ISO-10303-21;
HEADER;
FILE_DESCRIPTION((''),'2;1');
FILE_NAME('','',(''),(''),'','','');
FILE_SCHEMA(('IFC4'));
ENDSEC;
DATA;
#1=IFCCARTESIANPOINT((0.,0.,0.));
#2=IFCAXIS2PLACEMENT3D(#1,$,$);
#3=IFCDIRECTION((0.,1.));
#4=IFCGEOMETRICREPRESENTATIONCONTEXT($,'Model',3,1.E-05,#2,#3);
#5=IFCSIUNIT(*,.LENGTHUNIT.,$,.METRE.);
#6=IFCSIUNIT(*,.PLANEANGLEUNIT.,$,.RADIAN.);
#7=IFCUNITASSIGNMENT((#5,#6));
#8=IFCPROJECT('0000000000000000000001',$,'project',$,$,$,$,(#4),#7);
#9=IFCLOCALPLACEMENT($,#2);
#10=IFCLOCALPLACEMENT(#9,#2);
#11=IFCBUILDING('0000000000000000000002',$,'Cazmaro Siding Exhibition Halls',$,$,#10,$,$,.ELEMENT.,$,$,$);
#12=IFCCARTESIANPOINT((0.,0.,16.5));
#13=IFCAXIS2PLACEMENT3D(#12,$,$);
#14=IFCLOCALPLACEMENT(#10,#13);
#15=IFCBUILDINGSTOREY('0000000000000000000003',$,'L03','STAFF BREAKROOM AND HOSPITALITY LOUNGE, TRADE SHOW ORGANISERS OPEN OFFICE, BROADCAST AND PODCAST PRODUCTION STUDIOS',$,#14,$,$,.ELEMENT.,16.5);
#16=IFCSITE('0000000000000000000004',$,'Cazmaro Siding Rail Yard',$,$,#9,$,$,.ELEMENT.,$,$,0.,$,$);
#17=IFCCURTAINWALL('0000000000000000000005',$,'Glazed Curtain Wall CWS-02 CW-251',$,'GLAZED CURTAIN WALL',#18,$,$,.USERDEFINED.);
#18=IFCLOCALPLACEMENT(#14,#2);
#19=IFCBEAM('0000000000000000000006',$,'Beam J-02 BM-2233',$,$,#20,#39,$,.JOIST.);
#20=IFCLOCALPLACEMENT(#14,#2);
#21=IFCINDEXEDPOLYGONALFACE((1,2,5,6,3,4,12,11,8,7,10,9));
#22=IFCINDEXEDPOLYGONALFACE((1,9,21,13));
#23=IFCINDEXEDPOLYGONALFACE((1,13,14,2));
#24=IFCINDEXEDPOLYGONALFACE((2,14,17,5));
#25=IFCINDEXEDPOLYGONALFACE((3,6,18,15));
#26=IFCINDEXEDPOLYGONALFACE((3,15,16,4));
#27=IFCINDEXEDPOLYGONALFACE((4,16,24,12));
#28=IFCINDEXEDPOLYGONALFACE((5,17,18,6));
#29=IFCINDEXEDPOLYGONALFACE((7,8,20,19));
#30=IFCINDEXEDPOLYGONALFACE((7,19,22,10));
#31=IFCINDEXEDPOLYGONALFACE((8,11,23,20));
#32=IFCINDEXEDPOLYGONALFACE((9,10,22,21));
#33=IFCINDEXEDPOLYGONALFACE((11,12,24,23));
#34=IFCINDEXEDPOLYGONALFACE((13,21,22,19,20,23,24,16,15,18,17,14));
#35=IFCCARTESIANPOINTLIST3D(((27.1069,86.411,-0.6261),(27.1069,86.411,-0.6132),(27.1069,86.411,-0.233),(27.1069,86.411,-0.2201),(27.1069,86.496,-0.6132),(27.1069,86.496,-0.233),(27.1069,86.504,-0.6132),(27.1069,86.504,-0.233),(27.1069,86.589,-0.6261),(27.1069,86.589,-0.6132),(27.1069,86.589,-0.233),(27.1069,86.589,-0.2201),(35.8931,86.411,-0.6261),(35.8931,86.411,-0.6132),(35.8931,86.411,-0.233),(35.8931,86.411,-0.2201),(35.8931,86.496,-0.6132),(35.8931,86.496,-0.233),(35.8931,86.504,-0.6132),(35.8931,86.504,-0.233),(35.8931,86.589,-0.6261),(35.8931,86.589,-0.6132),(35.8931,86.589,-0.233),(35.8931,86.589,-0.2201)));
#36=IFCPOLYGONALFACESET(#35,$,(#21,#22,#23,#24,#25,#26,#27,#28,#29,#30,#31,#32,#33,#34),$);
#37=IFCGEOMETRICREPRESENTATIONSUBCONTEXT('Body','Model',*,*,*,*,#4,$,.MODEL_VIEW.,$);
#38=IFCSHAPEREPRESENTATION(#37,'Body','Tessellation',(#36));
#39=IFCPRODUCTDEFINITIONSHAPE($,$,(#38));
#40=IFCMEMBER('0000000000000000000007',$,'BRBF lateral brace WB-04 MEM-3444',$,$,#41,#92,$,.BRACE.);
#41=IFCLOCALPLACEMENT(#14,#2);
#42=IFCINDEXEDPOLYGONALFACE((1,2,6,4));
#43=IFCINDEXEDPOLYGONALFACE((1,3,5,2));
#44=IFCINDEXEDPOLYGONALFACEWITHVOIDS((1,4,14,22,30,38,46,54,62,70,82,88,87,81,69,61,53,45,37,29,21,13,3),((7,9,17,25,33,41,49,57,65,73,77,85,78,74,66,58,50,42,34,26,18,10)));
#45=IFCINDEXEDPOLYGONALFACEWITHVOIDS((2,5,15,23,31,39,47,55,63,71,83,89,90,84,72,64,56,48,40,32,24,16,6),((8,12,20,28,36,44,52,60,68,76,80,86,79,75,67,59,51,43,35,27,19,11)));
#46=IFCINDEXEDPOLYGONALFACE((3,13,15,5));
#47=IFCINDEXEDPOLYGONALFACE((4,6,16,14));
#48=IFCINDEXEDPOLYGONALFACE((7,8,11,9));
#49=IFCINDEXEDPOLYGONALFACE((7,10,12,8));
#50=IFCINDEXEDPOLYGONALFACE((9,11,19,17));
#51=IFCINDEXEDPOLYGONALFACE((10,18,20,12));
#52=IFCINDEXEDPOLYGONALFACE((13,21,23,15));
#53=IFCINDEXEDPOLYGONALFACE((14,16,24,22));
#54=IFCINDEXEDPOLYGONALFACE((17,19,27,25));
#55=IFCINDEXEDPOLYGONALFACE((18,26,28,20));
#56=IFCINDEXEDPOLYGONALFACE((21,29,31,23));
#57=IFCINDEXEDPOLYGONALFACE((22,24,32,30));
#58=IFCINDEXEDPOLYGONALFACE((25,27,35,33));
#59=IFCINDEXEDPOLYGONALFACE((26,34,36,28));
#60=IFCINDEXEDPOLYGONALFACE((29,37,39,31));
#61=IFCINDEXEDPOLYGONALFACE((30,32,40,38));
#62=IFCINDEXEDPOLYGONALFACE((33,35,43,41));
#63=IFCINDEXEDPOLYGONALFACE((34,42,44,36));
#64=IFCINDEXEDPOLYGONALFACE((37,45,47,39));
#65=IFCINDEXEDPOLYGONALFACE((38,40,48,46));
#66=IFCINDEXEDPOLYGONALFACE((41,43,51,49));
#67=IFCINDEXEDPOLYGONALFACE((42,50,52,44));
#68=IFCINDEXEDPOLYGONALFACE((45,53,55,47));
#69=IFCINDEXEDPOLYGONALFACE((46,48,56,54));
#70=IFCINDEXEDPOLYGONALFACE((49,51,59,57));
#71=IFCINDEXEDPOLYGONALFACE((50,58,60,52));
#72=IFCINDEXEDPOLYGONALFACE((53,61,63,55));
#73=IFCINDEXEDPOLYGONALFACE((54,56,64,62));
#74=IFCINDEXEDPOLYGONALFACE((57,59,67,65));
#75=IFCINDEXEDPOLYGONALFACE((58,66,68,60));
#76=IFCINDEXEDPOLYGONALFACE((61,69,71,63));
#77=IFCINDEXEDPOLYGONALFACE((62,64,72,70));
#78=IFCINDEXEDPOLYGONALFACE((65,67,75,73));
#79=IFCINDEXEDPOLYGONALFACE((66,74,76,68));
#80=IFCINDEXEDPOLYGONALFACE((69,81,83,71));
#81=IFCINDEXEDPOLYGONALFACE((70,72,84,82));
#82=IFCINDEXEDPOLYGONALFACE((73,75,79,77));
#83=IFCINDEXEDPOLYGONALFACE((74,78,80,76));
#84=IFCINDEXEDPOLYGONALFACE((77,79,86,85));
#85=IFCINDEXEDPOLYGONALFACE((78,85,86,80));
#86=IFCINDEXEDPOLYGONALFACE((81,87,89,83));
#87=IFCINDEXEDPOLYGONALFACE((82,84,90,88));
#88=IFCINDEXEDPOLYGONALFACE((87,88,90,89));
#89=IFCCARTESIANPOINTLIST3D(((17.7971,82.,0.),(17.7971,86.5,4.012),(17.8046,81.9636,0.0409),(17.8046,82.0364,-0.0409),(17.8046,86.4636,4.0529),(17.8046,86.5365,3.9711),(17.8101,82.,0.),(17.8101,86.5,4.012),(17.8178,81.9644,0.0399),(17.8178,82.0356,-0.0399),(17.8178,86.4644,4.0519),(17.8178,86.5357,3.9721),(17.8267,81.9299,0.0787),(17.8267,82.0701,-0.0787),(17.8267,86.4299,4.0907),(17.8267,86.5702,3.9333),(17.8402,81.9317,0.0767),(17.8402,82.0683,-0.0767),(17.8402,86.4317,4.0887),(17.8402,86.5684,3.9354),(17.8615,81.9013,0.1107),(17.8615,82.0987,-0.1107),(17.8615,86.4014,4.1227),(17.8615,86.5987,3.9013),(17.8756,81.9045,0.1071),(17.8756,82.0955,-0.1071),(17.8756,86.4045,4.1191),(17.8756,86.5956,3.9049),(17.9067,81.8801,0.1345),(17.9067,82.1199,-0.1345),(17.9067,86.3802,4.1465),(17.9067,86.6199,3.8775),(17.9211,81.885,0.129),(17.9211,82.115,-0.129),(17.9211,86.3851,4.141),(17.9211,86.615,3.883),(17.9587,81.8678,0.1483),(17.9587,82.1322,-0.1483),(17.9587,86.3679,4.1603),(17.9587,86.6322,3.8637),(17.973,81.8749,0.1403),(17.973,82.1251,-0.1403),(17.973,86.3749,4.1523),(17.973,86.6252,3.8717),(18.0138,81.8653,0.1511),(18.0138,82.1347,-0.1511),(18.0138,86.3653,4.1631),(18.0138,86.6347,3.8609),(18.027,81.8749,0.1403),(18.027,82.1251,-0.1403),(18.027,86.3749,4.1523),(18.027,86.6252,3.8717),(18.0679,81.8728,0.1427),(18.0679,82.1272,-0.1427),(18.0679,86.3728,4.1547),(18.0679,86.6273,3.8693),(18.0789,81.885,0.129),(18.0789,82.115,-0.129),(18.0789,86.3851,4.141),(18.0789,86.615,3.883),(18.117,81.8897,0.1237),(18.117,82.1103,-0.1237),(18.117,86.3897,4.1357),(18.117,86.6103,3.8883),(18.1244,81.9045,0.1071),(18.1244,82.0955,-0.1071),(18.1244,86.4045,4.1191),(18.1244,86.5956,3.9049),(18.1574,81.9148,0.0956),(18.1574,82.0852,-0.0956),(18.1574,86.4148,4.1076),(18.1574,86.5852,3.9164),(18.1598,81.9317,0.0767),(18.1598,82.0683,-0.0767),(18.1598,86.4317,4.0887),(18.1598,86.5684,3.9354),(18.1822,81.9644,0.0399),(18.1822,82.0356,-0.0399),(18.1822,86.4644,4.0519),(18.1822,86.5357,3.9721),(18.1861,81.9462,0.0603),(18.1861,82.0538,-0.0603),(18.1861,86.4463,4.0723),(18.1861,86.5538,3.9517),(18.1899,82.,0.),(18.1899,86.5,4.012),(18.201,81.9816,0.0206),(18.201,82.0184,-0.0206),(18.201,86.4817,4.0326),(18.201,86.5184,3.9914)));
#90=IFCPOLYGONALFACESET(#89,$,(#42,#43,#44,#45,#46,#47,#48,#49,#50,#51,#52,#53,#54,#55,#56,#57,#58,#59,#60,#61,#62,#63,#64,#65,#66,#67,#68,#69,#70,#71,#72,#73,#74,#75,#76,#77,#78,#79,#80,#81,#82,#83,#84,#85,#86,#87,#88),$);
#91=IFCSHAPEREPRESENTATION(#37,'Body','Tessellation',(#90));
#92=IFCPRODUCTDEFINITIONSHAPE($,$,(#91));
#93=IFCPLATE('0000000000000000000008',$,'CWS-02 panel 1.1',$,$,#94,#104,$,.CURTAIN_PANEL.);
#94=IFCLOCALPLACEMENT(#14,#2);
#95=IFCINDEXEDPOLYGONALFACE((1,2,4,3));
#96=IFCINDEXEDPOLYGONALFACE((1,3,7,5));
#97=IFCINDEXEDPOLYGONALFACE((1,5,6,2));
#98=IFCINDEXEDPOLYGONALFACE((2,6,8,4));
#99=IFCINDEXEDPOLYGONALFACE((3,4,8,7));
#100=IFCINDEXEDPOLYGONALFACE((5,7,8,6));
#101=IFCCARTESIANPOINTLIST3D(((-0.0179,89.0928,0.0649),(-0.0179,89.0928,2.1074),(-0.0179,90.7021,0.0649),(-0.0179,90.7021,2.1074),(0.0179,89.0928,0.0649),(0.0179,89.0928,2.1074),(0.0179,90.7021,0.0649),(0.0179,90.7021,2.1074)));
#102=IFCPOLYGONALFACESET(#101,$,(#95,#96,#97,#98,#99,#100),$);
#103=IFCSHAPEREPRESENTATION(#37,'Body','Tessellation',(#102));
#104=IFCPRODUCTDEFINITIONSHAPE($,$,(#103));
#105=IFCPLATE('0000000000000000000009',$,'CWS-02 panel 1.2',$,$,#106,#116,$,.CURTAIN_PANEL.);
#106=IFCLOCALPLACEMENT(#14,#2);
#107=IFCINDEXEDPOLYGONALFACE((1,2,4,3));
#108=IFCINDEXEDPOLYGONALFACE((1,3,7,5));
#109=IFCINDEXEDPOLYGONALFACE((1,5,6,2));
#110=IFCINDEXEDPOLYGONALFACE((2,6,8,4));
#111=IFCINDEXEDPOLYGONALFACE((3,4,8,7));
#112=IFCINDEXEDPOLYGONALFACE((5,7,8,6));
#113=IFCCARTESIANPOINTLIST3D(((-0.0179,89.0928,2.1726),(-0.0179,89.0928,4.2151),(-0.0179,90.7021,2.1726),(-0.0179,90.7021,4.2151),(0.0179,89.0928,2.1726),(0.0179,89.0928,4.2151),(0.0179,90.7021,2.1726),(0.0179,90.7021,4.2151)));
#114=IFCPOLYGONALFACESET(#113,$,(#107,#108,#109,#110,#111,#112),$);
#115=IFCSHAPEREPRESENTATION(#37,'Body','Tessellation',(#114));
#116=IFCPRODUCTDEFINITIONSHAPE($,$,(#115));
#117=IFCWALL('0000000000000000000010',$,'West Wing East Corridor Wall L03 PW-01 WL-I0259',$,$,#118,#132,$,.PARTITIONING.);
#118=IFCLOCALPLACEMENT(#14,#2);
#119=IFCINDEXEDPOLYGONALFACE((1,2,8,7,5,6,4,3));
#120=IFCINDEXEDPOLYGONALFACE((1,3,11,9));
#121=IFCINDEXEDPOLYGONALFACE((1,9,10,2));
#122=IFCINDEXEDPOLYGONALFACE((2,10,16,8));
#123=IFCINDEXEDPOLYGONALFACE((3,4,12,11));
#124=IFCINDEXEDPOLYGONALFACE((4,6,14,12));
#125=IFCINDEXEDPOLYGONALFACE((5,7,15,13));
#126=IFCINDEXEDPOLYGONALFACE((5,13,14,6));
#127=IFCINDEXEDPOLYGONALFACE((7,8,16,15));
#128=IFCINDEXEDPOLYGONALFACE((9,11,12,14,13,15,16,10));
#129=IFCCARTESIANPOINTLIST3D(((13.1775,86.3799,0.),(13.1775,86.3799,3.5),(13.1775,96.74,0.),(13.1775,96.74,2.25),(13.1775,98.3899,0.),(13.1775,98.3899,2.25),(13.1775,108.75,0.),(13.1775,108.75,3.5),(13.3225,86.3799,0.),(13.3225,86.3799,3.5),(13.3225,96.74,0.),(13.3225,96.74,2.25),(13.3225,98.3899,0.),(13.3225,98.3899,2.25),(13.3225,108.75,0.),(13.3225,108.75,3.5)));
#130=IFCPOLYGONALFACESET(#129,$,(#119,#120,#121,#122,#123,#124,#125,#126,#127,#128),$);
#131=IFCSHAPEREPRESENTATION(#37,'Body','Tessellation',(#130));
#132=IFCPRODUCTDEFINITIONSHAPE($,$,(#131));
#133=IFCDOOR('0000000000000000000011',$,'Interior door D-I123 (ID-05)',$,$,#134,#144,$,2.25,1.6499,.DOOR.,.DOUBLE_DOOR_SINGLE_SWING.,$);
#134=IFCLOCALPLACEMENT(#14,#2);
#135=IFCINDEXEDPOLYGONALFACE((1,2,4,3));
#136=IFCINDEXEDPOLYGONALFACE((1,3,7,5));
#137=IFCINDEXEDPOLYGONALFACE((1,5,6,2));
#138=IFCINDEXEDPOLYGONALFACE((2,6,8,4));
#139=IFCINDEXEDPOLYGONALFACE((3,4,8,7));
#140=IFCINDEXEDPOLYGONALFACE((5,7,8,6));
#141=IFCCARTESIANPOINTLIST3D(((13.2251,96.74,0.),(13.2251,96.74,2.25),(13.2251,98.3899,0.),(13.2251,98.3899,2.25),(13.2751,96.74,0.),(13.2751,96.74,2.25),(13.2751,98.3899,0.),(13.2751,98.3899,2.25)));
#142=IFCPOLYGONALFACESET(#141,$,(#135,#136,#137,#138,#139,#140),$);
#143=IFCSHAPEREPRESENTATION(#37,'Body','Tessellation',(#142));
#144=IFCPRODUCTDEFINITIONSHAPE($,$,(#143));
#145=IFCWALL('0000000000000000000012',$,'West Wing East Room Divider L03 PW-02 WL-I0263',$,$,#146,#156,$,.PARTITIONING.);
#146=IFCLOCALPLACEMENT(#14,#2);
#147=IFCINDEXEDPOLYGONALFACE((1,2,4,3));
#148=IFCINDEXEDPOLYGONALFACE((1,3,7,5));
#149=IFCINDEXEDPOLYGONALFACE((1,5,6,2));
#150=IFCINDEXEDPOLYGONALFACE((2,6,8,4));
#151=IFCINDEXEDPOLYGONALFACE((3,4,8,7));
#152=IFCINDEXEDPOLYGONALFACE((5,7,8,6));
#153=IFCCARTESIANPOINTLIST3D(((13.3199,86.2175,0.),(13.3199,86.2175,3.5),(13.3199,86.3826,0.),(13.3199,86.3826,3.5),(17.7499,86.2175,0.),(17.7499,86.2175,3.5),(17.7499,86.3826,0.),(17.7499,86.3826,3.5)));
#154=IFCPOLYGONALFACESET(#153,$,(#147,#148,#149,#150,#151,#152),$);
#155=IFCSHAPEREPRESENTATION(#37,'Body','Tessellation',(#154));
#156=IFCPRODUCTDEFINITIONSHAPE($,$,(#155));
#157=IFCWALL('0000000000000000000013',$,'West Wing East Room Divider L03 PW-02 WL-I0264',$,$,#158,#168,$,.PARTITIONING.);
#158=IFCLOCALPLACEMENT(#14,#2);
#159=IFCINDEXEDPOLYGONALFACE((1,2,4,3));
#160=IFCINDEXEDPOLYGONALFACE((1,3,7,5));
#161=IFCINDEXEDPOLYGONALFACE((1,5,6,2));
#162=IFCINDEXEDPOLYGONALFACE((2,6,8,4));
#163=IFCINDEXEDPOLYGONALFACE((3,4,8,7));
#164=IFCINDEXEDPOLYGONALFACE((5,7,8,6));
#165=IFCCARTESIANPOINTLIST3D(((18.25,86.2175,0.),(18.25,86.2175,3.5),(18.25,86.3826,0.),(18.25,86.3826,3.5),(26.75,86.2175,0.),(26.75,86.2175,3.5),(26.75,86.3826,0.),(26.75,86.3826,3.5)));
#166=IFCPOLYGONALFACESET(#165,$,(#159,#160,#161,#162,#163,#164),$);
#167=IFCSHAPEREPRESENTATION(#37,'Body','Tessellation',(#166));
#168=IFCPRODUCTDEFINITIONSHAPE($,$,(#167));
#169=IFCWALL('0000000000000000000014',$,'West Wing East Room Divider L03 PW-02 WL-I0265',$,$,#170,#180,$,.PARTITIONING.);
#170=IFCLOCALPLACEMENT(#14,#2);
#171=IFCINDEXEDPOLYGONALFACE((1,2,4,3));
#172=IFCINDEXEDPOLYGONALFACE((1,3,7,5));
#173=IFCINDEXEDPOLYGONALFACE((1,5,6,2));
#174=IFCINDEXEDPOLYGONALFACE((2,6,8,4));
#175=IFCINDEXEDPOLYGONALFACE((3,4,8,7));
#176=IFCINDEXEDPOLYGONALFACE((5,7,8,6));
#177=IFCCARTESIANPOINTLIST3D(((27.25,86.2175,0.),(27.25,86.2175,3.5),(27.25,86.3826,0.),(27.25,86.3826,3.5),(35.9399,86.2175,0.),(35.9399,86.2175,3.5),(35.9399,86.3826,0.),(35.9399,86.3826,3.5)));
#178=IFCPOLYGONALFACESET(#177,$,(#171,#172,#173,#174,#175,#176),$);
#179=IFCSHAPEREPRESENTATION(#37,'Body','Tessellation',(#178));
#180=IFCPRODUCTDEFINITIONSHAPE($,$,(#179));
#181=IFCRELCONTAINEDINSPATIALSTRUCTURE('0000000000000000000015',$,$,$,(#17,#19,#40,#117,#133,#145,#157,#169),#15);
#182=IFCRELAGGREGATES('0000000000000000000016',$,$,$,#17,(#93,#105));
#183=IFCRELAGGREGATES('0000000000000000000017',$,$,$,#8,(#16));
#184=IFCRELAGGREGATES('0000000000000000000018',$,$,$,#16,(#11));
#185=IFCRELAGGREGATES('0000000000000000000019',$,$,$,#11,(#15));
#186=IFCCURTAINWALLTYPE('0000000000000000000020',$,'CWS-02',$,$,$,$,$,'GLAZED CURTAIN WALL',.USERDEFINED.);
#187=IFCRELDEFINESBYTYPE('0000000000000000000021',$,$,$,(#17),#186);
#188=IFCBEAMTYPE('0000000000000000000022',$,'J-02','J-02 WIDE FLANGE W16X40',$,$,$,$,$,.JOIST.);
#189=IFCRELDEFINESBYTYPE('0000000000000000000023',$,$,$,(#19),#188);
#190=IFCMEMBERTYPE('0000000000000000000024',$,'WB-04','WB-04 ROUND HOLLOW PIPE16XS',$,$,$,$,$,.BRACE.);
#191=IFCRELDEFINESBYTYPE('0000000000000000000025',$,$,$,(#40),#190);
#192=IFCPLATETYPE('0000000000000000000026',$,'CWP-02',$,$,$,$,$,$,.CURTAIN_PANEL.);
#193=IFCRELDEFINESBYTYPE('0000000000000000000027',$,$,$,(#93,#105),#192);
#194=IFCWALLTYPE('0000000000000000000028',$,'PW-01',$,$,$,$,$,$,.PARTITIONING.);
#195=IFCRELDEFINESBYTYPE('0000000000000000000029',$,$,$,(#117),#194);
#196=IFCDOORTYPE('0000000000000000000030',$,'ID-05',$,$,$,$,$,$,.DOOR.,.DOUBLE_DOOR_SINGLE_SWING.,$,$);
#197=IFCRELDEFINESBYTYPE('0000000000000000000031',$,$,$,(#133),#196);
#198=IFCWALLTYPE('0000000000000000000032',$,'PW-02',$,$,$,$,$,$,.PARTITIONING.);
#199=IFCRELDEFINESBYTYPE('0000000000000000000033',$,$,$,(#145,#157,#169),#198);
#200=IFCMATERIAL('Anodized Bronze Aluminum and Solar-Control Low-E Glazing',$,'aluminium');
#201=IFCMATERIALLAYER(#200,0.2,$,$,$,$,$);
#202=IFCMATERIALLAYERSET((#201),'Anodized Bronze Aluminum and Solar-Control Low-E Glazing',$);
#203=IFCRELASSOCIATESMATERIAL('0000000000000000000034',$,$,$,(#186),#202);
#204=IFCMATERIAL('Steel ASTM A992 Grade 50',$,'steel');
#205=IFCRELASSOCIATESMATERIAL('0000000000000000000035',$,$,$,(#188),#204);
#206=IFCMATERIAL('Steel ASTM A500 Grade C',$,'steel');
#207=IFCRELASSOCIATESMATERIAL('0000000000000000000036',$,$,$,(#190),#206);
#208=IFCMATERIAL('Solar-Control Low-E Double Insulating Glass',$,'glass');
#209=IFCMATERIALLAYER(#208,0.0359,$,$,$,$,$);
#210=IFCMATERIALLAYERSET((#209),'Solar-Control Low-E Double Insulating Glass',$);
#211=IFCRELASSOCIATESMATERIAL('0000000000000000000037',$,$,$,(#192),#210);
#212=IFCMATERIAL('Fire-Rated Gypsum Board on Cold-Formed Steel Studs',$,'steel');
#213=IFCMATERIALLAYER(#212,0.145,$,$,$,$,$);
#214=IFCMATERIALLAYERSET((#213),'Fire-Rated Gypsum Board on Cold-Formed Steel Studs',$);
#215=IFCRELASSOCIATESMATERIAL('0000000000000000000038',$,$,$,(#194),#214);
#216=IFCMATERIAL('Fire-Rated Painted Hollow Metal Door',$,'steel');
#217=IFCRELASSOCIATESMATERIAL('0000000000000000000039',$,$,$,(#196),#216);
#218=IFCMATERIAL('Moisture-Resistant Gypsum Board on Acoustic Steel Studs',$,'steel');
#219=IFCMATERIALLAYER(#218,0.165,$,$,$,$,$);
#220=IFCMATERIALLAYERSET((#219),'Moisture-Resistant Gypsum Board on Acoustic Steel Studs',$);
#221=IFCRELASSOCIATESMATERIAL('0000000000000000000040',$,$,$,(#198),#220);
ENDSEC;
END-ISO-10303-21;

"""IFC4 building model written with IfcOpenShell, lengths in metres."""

from ifc_helpers import new_model, si_unit, direction, frame, frame_2d, origin, origin_2d, place, context, subcontext, project, spatial, rectangle, hollow_circle, i_section, extrude, material, layer, layer_set, material_profile, profile_set, type_object, element, fill, aggregate, save


model = new_model("IFC4")

# Units and contexts
model_context = context("Model", 3, precision=1e-05, world=origin(), true_north=direction((0.0, 1.0)))
body_context = subcontext(model_context, "Body", "Model", "MODEL_VIEW")
ifc_project = project(units=[si_unit("LENGTHUNIT", "METRE"), si_unit("PLANEANGLEUNIT", "RADIAN")], contexts=[model_context])

# Site, building, storey
site_placement = place(None, origin())
site = spatial("IfcSite", under=ifc_project, at=site_placement, Name="Cazmaro Siding Rail Yard", CompositionType="ELEMENT", RefElevation=0.0)
building_placement = place(site_placement, origin())
building = spatial("IfcBuilding", under=site, at=building_placement, Name="Cazmaro Siding Exhibition Halls", CompositionType="ELEMENT")
storey_placement = place(building_placement, frame((0.0, 0.0, 16.5)))
storey = spatial("IfcBuildingStorey", under=building, at=storey_placement, Name="L03", Description="STAFF BREAKROOM AND HOSPITALITY LOUNGE, TRADE SHOW ORGANISERS OPEN OFFICE, BROADCAST AND PODCAST PRODUCTION STUDIOS", CompositionType="ELEMENT", Elevation=16.5)

# Curtain wall
ifc_material_1 = material(Name="Anodized Bronze Aluminum and Solar-Control Low-E Glazing", Category="aluminium")
ifc_layer_1 = layer(ifc_material_1, 0.2)
ifc_layer_set_1 = layer_set([ifc_layer_1], Name="Anodized Bronze Aluminum and Solar-Control Low-E Glazing")
curtain_wall_type_1 = type_object("IfcCurtainWallType", Name="CWS-02", ElementType="GLAZED CURTAIN WALL", PredefinedType="USERDEFINED", material=ifc_layer_set_1)
curtain_wall_1_placement = place(storey_placement, origin())
curtain_wall_1 = element("IfcCurtainWall", 1, at=curtain_wall_1_placement, inside=storey, type_object=curtain_wall_type_1, Name="Glazed Curtain Wall CWS-02 CW-251", ObjectType="GLAZED CURTAIN WALL", PredefinedType="USERDEFINED")

# Beam
ifc_material_2 = material(Name="Steel ASTM A992 Grade 50", Category="steel")
ifc_material_profile_1 = material_profile(ifc_material_2, i_section(OverallWidth=0.178, OverallDepth=0.406, WebThickness=0.0081, FlangeThickness=0.0129, at=origin_2d()), Name="W16X40")
ifc_profile_set_1 = profile_set([ifc_material_profile_1], Name="Steel ASTM A992 Grade 50")
beam_type_1 = type_object("IfcBeamType", Name="J-02", Description="J-02 WIDE FLANGE W16X40", PredefinedType="JOIST", material=ifc_profile_set_1)
for number, where, z_axis, x_axis, name in (
    (2, (27.1069, 86.5, -0.4231), (1.0, 0.0, 0.0), (0.0, 1.0, 0.0), "Beam J-02 BM-2233"),
):
    element("IfcBeam", number, at=place(storey_placement, frame(where, z_axis=z_axis, x_axis=x_axis)), inside=storey, type_object=beam_type_1, Name=name, PredefinedType="JOIST", context=body_context, shape_type="SweptSolid", body=[
        extrude(i_section(OverallWidth=0.178, OverallDepth=0.406, WebThickness=0.0081, FlangeThickness=0.0129, at=origin_2d()), origin(), (0.0, 0.0, 1.0), 8.7861),
    ])

# Member
ifc_material_3 = material(Name="Steel ASTM A500 Grade C", Category="steel")
ifc_material_profile_2 = material_profile(ifc_material_3, hollow_circle(Radius=0.2029, WallThickness=0.0129, at=origin_2d()), Name="PIPE16XS")
ifc_profile_set_2 = profile_set([ifc_material_profile_2], Name="Steel ASTM A500 Grade C")
member_type_1 = type_object("IfcMemberType", Name="WB-04", Description="WB-04 ROUND HOLLOW PIPE16XS", PredefinedType="BRACE", material=ifc_profile_set_2)
member_1_placement = place(storey_placement, frame((18.0, 82.0, 0.0), z_axis=(0.0, 0.746423, 0.665472), x_axis=(-1.0, 0.0, 0.0)))
element("IfcMember", 3, at=member_1_placement, inside=storey, type_object=member_type_1, Name="BRBF lateral brace WB-04 MEM-3444", PredefinedType="BRACE", context=body_context, shape_type="SweptSolid", body=[
    extrude(hollow_circle(Radius=0.2029, WallThickness=0.0129, at=origin_2d()), origin(), (0.0, 0.0, 1.0), 6.0288),
])

# Plates
ifc_material_4 = material(Name="Solar-Control Low-E Double Insulating Glass", Category="glass")
ifc_layer_2 = layer(ifc_material_4, 0.0359)
ifc_layer_set_2 = layer_set([ifc_layer_2], Name="Solar-Control Low-E Double Insulating Glass")
plate_type = type_object("IfcPlateType", Name="CWP-02", PredefinedType="CURTAIN_PANEL", material=ifc_layer_set_2)
plate_1_placement = place(storey_placement, frame((0.0, 89.8975, 0.0649), z_axis=(0.0, 0.0, 1.0), x_axis=(0.0, -1.0, 0.0)))
plate_1 = element("IfcPlate", 4, at=plate_1_placement, type_object=plate_type, Name="CWS-02 panel 1.1", PredefinedType="CURTAIN_PANEL", context=body_context, shape_type="SweptSolid", body=[
    extrude(rectangle(XDim=1.6094, YDim=0.0359, at=origin_2d()), origin(), (0.0, 0.0, 1.0), 2.0425),
])
plate_2_placement = place(storey_placement, frame((0.0, 89.8975, 2.1726), z_axis=(0.0, 0.0, 1.0), x_axis=(0.0, -1.0, 0.0)))
plate_2 = element("IfcPlate", 5, at=plate_2_placement, type_object=plate_type, Name="CWS-02 panel 1.2", PredefinedType="CURTAIN_PANEL", context=body_context, shape_type="SweptSolid", body=[
    extrude(rectangle(XDim=1.6094, YDim=0.0359, at=origin_2d()), origin(), (0.0, 0.0, 1.0), 2.0425),
])
aggregate(curtain_wall_1, [plate_1, plate_2])

# Wall, opening, door
ifc_material_5 = material(Name="Fire-Rated Gypsum Board on Cold-Formed Steel Studs", Category="steel")
ifc_layer_3 = layer(ifc_material_5, 0.145)
ifc_layer_set_3 = layer_set([ifc_layer_3], Name="Fire-Rated Gypsum Board on Cold-Formed Steel Studs")
wall_type_1 = type_object("IfcWallType", Name="PW-01", PredefinedType="PARTITIONING", material=ifc_layer_set_3)
wall_1_placement = place(storey_placement, frame((13.25, 86.3799, 0.0), z_axis=(0.0, 0.0, 1.0), x_axis=(0.0, 1.0, 0.0)))
wall_1 = element("IfcWall", 6, at=wall_1_placement, inside=storey, type_object=wall_type_1, Name="West Wing East Corridor Wall L03 PW-01 WL-I0259", PredefinedType="PARTITIONING", context=body_context, shape_type="SweptSolid", body=[
    extrude(rectangle(XDim=22.3701, YDim=0.145, at=frame_2d((11.1851, 0.0))), origin(), (0.0, 0.0, 1.0), 3.5),
])
opening_placement = place(wall_1_placement, frame((10.3601, 0.0, 0.0)))
opening = element("IfcOpeningElement", 7, at=opening_placement, cuts=wall_1, PredefinedType="OPENING", context=body_context, shape_type="SweptSolid", body=[
    extrude(rectangle(XDim=1.6499, YDim=2.25, at=frame_2d((0.825, 1.125))), frame((0.0, 0.0825, 0.0), z_axis=(0.0, -1.0, 0.0), x_axis=(1.0, 0.0, 0.0)), (0.0, 0.0, 1.0), 0.165),
])
ifc_material_6 = material(Name="Fire-Rated Painted Hollow Metal Door", Category="steel")
door_type = type_object("IfcDoorType", Name="ID-05", OperationType="DOUBLE_DOOR_SINGLE_SWING", PredefinedType="DOOR", material=ifc_material_6)
door_placement = place(opening_placement, origin())
door = element("IfcDoor", 8, at=door_placement, inside=storey, type_object=door_type, Name="Interior door D-I123 (ID-05)", OperationType="DOUBLE_DOOR_SINGLE_SWING", OverallHeight=2.25, OverallWidth=1.6499, PredefinedType="DOOR", context=body_context, shape_type="SweptSolid", body=[
    extrude(rectangle(XDim=1.6499, YDim=2.25, at=frame_2d((0.825, 1.125))), frame((0.0, 0.0249, 0.0), z_axis=(0.0, -1.0, 0.0), x_axis=(1.0, 0.0, 0.0)), (0.0, 0.0, 1.0), 0.05),
])
fill(opening, door)

# Walls
ifc_material_7 = material(Name="Moisture-Resistant Gypsum Board on Acoustic Steel Studs", Category="steel")
ifc_layer_4 = layer(ifc_material_7, 0.165)
ifc_layer_set_4 = layer_set([ifc_layer_4], Name="Moisture-Resistant Gypsum Board on Acoustic Steel Studs")
wall_type_2 = type_object("IfcWallType", Name="PW-02", PredefinedType="PARTITIONING", material=ifc_layer_set_4)
wall_2_placement = place(storey_placement, frame((13.3201, 86.3, 0.0), z_axis=(0.0, 0.0, 1.0), x_axis=(1.0, 0.0, 0.0)))
element("IfcWall", 9, at=wall_2_placement, inside=storey, type_object=wall_type_2, Name="West Wing East Room Divider L03 PW-02 WL-I0263", PredefinedType="PARTITIONING", context=body_context, shape_type="SweptSolid", body=[
    extrude(rectangle(XDim=4.4299, YDim=0.165, at=frame_2d((2.2148, 0.0))), origin(), (0.0, 0.0, 1.0), 3.5),
])
wall_3_placement = place(storey_placement, frame((18.25, 86.3, 0.0), z_axis=(0.0, 0.0, 1.0), x_axis=(1.0, 0.0, 0.0)))
element("IfcWall", 10, at=wall_3_placement, inside=storey, type_object=wall_type_2, Name="West Wing East Room Divider L03 PW-02 WL-I0264", PredefinedType="PARTITIONING", context=body_context, shape_type="SweptSolid", body=[
    extrude(rectangle(XDim=8.5, YDim=0.165, at=frame_2d((4.25, 0.0))), origin(), (0.0, 0.0, 1.0), 3.5),
])
wall_4_placement = place(storey_placement, frame((27.25, 86.3, 0.0), z_axis=(0.0, 0.0, 1.0), x_axis=(1.0, 0.0, 0.0)))
element("IfcWall", 11, at=wall_4_placement, inside=storey, type_object=wall_type_2, Name="West Wing East Room Divider L03 PW-02 WL-I0265", PredefinedType="PARTITIONING", context=body_context, shape_type="SweptSolid", body=[
    extrude(rectangle(XDim=8.6899, YDim=0.165, at=frame_2d((4.345, 0.0))), origin(), (0.0, 0.0, 1.0), 3.5),
])

save(model, "model.ifc")
